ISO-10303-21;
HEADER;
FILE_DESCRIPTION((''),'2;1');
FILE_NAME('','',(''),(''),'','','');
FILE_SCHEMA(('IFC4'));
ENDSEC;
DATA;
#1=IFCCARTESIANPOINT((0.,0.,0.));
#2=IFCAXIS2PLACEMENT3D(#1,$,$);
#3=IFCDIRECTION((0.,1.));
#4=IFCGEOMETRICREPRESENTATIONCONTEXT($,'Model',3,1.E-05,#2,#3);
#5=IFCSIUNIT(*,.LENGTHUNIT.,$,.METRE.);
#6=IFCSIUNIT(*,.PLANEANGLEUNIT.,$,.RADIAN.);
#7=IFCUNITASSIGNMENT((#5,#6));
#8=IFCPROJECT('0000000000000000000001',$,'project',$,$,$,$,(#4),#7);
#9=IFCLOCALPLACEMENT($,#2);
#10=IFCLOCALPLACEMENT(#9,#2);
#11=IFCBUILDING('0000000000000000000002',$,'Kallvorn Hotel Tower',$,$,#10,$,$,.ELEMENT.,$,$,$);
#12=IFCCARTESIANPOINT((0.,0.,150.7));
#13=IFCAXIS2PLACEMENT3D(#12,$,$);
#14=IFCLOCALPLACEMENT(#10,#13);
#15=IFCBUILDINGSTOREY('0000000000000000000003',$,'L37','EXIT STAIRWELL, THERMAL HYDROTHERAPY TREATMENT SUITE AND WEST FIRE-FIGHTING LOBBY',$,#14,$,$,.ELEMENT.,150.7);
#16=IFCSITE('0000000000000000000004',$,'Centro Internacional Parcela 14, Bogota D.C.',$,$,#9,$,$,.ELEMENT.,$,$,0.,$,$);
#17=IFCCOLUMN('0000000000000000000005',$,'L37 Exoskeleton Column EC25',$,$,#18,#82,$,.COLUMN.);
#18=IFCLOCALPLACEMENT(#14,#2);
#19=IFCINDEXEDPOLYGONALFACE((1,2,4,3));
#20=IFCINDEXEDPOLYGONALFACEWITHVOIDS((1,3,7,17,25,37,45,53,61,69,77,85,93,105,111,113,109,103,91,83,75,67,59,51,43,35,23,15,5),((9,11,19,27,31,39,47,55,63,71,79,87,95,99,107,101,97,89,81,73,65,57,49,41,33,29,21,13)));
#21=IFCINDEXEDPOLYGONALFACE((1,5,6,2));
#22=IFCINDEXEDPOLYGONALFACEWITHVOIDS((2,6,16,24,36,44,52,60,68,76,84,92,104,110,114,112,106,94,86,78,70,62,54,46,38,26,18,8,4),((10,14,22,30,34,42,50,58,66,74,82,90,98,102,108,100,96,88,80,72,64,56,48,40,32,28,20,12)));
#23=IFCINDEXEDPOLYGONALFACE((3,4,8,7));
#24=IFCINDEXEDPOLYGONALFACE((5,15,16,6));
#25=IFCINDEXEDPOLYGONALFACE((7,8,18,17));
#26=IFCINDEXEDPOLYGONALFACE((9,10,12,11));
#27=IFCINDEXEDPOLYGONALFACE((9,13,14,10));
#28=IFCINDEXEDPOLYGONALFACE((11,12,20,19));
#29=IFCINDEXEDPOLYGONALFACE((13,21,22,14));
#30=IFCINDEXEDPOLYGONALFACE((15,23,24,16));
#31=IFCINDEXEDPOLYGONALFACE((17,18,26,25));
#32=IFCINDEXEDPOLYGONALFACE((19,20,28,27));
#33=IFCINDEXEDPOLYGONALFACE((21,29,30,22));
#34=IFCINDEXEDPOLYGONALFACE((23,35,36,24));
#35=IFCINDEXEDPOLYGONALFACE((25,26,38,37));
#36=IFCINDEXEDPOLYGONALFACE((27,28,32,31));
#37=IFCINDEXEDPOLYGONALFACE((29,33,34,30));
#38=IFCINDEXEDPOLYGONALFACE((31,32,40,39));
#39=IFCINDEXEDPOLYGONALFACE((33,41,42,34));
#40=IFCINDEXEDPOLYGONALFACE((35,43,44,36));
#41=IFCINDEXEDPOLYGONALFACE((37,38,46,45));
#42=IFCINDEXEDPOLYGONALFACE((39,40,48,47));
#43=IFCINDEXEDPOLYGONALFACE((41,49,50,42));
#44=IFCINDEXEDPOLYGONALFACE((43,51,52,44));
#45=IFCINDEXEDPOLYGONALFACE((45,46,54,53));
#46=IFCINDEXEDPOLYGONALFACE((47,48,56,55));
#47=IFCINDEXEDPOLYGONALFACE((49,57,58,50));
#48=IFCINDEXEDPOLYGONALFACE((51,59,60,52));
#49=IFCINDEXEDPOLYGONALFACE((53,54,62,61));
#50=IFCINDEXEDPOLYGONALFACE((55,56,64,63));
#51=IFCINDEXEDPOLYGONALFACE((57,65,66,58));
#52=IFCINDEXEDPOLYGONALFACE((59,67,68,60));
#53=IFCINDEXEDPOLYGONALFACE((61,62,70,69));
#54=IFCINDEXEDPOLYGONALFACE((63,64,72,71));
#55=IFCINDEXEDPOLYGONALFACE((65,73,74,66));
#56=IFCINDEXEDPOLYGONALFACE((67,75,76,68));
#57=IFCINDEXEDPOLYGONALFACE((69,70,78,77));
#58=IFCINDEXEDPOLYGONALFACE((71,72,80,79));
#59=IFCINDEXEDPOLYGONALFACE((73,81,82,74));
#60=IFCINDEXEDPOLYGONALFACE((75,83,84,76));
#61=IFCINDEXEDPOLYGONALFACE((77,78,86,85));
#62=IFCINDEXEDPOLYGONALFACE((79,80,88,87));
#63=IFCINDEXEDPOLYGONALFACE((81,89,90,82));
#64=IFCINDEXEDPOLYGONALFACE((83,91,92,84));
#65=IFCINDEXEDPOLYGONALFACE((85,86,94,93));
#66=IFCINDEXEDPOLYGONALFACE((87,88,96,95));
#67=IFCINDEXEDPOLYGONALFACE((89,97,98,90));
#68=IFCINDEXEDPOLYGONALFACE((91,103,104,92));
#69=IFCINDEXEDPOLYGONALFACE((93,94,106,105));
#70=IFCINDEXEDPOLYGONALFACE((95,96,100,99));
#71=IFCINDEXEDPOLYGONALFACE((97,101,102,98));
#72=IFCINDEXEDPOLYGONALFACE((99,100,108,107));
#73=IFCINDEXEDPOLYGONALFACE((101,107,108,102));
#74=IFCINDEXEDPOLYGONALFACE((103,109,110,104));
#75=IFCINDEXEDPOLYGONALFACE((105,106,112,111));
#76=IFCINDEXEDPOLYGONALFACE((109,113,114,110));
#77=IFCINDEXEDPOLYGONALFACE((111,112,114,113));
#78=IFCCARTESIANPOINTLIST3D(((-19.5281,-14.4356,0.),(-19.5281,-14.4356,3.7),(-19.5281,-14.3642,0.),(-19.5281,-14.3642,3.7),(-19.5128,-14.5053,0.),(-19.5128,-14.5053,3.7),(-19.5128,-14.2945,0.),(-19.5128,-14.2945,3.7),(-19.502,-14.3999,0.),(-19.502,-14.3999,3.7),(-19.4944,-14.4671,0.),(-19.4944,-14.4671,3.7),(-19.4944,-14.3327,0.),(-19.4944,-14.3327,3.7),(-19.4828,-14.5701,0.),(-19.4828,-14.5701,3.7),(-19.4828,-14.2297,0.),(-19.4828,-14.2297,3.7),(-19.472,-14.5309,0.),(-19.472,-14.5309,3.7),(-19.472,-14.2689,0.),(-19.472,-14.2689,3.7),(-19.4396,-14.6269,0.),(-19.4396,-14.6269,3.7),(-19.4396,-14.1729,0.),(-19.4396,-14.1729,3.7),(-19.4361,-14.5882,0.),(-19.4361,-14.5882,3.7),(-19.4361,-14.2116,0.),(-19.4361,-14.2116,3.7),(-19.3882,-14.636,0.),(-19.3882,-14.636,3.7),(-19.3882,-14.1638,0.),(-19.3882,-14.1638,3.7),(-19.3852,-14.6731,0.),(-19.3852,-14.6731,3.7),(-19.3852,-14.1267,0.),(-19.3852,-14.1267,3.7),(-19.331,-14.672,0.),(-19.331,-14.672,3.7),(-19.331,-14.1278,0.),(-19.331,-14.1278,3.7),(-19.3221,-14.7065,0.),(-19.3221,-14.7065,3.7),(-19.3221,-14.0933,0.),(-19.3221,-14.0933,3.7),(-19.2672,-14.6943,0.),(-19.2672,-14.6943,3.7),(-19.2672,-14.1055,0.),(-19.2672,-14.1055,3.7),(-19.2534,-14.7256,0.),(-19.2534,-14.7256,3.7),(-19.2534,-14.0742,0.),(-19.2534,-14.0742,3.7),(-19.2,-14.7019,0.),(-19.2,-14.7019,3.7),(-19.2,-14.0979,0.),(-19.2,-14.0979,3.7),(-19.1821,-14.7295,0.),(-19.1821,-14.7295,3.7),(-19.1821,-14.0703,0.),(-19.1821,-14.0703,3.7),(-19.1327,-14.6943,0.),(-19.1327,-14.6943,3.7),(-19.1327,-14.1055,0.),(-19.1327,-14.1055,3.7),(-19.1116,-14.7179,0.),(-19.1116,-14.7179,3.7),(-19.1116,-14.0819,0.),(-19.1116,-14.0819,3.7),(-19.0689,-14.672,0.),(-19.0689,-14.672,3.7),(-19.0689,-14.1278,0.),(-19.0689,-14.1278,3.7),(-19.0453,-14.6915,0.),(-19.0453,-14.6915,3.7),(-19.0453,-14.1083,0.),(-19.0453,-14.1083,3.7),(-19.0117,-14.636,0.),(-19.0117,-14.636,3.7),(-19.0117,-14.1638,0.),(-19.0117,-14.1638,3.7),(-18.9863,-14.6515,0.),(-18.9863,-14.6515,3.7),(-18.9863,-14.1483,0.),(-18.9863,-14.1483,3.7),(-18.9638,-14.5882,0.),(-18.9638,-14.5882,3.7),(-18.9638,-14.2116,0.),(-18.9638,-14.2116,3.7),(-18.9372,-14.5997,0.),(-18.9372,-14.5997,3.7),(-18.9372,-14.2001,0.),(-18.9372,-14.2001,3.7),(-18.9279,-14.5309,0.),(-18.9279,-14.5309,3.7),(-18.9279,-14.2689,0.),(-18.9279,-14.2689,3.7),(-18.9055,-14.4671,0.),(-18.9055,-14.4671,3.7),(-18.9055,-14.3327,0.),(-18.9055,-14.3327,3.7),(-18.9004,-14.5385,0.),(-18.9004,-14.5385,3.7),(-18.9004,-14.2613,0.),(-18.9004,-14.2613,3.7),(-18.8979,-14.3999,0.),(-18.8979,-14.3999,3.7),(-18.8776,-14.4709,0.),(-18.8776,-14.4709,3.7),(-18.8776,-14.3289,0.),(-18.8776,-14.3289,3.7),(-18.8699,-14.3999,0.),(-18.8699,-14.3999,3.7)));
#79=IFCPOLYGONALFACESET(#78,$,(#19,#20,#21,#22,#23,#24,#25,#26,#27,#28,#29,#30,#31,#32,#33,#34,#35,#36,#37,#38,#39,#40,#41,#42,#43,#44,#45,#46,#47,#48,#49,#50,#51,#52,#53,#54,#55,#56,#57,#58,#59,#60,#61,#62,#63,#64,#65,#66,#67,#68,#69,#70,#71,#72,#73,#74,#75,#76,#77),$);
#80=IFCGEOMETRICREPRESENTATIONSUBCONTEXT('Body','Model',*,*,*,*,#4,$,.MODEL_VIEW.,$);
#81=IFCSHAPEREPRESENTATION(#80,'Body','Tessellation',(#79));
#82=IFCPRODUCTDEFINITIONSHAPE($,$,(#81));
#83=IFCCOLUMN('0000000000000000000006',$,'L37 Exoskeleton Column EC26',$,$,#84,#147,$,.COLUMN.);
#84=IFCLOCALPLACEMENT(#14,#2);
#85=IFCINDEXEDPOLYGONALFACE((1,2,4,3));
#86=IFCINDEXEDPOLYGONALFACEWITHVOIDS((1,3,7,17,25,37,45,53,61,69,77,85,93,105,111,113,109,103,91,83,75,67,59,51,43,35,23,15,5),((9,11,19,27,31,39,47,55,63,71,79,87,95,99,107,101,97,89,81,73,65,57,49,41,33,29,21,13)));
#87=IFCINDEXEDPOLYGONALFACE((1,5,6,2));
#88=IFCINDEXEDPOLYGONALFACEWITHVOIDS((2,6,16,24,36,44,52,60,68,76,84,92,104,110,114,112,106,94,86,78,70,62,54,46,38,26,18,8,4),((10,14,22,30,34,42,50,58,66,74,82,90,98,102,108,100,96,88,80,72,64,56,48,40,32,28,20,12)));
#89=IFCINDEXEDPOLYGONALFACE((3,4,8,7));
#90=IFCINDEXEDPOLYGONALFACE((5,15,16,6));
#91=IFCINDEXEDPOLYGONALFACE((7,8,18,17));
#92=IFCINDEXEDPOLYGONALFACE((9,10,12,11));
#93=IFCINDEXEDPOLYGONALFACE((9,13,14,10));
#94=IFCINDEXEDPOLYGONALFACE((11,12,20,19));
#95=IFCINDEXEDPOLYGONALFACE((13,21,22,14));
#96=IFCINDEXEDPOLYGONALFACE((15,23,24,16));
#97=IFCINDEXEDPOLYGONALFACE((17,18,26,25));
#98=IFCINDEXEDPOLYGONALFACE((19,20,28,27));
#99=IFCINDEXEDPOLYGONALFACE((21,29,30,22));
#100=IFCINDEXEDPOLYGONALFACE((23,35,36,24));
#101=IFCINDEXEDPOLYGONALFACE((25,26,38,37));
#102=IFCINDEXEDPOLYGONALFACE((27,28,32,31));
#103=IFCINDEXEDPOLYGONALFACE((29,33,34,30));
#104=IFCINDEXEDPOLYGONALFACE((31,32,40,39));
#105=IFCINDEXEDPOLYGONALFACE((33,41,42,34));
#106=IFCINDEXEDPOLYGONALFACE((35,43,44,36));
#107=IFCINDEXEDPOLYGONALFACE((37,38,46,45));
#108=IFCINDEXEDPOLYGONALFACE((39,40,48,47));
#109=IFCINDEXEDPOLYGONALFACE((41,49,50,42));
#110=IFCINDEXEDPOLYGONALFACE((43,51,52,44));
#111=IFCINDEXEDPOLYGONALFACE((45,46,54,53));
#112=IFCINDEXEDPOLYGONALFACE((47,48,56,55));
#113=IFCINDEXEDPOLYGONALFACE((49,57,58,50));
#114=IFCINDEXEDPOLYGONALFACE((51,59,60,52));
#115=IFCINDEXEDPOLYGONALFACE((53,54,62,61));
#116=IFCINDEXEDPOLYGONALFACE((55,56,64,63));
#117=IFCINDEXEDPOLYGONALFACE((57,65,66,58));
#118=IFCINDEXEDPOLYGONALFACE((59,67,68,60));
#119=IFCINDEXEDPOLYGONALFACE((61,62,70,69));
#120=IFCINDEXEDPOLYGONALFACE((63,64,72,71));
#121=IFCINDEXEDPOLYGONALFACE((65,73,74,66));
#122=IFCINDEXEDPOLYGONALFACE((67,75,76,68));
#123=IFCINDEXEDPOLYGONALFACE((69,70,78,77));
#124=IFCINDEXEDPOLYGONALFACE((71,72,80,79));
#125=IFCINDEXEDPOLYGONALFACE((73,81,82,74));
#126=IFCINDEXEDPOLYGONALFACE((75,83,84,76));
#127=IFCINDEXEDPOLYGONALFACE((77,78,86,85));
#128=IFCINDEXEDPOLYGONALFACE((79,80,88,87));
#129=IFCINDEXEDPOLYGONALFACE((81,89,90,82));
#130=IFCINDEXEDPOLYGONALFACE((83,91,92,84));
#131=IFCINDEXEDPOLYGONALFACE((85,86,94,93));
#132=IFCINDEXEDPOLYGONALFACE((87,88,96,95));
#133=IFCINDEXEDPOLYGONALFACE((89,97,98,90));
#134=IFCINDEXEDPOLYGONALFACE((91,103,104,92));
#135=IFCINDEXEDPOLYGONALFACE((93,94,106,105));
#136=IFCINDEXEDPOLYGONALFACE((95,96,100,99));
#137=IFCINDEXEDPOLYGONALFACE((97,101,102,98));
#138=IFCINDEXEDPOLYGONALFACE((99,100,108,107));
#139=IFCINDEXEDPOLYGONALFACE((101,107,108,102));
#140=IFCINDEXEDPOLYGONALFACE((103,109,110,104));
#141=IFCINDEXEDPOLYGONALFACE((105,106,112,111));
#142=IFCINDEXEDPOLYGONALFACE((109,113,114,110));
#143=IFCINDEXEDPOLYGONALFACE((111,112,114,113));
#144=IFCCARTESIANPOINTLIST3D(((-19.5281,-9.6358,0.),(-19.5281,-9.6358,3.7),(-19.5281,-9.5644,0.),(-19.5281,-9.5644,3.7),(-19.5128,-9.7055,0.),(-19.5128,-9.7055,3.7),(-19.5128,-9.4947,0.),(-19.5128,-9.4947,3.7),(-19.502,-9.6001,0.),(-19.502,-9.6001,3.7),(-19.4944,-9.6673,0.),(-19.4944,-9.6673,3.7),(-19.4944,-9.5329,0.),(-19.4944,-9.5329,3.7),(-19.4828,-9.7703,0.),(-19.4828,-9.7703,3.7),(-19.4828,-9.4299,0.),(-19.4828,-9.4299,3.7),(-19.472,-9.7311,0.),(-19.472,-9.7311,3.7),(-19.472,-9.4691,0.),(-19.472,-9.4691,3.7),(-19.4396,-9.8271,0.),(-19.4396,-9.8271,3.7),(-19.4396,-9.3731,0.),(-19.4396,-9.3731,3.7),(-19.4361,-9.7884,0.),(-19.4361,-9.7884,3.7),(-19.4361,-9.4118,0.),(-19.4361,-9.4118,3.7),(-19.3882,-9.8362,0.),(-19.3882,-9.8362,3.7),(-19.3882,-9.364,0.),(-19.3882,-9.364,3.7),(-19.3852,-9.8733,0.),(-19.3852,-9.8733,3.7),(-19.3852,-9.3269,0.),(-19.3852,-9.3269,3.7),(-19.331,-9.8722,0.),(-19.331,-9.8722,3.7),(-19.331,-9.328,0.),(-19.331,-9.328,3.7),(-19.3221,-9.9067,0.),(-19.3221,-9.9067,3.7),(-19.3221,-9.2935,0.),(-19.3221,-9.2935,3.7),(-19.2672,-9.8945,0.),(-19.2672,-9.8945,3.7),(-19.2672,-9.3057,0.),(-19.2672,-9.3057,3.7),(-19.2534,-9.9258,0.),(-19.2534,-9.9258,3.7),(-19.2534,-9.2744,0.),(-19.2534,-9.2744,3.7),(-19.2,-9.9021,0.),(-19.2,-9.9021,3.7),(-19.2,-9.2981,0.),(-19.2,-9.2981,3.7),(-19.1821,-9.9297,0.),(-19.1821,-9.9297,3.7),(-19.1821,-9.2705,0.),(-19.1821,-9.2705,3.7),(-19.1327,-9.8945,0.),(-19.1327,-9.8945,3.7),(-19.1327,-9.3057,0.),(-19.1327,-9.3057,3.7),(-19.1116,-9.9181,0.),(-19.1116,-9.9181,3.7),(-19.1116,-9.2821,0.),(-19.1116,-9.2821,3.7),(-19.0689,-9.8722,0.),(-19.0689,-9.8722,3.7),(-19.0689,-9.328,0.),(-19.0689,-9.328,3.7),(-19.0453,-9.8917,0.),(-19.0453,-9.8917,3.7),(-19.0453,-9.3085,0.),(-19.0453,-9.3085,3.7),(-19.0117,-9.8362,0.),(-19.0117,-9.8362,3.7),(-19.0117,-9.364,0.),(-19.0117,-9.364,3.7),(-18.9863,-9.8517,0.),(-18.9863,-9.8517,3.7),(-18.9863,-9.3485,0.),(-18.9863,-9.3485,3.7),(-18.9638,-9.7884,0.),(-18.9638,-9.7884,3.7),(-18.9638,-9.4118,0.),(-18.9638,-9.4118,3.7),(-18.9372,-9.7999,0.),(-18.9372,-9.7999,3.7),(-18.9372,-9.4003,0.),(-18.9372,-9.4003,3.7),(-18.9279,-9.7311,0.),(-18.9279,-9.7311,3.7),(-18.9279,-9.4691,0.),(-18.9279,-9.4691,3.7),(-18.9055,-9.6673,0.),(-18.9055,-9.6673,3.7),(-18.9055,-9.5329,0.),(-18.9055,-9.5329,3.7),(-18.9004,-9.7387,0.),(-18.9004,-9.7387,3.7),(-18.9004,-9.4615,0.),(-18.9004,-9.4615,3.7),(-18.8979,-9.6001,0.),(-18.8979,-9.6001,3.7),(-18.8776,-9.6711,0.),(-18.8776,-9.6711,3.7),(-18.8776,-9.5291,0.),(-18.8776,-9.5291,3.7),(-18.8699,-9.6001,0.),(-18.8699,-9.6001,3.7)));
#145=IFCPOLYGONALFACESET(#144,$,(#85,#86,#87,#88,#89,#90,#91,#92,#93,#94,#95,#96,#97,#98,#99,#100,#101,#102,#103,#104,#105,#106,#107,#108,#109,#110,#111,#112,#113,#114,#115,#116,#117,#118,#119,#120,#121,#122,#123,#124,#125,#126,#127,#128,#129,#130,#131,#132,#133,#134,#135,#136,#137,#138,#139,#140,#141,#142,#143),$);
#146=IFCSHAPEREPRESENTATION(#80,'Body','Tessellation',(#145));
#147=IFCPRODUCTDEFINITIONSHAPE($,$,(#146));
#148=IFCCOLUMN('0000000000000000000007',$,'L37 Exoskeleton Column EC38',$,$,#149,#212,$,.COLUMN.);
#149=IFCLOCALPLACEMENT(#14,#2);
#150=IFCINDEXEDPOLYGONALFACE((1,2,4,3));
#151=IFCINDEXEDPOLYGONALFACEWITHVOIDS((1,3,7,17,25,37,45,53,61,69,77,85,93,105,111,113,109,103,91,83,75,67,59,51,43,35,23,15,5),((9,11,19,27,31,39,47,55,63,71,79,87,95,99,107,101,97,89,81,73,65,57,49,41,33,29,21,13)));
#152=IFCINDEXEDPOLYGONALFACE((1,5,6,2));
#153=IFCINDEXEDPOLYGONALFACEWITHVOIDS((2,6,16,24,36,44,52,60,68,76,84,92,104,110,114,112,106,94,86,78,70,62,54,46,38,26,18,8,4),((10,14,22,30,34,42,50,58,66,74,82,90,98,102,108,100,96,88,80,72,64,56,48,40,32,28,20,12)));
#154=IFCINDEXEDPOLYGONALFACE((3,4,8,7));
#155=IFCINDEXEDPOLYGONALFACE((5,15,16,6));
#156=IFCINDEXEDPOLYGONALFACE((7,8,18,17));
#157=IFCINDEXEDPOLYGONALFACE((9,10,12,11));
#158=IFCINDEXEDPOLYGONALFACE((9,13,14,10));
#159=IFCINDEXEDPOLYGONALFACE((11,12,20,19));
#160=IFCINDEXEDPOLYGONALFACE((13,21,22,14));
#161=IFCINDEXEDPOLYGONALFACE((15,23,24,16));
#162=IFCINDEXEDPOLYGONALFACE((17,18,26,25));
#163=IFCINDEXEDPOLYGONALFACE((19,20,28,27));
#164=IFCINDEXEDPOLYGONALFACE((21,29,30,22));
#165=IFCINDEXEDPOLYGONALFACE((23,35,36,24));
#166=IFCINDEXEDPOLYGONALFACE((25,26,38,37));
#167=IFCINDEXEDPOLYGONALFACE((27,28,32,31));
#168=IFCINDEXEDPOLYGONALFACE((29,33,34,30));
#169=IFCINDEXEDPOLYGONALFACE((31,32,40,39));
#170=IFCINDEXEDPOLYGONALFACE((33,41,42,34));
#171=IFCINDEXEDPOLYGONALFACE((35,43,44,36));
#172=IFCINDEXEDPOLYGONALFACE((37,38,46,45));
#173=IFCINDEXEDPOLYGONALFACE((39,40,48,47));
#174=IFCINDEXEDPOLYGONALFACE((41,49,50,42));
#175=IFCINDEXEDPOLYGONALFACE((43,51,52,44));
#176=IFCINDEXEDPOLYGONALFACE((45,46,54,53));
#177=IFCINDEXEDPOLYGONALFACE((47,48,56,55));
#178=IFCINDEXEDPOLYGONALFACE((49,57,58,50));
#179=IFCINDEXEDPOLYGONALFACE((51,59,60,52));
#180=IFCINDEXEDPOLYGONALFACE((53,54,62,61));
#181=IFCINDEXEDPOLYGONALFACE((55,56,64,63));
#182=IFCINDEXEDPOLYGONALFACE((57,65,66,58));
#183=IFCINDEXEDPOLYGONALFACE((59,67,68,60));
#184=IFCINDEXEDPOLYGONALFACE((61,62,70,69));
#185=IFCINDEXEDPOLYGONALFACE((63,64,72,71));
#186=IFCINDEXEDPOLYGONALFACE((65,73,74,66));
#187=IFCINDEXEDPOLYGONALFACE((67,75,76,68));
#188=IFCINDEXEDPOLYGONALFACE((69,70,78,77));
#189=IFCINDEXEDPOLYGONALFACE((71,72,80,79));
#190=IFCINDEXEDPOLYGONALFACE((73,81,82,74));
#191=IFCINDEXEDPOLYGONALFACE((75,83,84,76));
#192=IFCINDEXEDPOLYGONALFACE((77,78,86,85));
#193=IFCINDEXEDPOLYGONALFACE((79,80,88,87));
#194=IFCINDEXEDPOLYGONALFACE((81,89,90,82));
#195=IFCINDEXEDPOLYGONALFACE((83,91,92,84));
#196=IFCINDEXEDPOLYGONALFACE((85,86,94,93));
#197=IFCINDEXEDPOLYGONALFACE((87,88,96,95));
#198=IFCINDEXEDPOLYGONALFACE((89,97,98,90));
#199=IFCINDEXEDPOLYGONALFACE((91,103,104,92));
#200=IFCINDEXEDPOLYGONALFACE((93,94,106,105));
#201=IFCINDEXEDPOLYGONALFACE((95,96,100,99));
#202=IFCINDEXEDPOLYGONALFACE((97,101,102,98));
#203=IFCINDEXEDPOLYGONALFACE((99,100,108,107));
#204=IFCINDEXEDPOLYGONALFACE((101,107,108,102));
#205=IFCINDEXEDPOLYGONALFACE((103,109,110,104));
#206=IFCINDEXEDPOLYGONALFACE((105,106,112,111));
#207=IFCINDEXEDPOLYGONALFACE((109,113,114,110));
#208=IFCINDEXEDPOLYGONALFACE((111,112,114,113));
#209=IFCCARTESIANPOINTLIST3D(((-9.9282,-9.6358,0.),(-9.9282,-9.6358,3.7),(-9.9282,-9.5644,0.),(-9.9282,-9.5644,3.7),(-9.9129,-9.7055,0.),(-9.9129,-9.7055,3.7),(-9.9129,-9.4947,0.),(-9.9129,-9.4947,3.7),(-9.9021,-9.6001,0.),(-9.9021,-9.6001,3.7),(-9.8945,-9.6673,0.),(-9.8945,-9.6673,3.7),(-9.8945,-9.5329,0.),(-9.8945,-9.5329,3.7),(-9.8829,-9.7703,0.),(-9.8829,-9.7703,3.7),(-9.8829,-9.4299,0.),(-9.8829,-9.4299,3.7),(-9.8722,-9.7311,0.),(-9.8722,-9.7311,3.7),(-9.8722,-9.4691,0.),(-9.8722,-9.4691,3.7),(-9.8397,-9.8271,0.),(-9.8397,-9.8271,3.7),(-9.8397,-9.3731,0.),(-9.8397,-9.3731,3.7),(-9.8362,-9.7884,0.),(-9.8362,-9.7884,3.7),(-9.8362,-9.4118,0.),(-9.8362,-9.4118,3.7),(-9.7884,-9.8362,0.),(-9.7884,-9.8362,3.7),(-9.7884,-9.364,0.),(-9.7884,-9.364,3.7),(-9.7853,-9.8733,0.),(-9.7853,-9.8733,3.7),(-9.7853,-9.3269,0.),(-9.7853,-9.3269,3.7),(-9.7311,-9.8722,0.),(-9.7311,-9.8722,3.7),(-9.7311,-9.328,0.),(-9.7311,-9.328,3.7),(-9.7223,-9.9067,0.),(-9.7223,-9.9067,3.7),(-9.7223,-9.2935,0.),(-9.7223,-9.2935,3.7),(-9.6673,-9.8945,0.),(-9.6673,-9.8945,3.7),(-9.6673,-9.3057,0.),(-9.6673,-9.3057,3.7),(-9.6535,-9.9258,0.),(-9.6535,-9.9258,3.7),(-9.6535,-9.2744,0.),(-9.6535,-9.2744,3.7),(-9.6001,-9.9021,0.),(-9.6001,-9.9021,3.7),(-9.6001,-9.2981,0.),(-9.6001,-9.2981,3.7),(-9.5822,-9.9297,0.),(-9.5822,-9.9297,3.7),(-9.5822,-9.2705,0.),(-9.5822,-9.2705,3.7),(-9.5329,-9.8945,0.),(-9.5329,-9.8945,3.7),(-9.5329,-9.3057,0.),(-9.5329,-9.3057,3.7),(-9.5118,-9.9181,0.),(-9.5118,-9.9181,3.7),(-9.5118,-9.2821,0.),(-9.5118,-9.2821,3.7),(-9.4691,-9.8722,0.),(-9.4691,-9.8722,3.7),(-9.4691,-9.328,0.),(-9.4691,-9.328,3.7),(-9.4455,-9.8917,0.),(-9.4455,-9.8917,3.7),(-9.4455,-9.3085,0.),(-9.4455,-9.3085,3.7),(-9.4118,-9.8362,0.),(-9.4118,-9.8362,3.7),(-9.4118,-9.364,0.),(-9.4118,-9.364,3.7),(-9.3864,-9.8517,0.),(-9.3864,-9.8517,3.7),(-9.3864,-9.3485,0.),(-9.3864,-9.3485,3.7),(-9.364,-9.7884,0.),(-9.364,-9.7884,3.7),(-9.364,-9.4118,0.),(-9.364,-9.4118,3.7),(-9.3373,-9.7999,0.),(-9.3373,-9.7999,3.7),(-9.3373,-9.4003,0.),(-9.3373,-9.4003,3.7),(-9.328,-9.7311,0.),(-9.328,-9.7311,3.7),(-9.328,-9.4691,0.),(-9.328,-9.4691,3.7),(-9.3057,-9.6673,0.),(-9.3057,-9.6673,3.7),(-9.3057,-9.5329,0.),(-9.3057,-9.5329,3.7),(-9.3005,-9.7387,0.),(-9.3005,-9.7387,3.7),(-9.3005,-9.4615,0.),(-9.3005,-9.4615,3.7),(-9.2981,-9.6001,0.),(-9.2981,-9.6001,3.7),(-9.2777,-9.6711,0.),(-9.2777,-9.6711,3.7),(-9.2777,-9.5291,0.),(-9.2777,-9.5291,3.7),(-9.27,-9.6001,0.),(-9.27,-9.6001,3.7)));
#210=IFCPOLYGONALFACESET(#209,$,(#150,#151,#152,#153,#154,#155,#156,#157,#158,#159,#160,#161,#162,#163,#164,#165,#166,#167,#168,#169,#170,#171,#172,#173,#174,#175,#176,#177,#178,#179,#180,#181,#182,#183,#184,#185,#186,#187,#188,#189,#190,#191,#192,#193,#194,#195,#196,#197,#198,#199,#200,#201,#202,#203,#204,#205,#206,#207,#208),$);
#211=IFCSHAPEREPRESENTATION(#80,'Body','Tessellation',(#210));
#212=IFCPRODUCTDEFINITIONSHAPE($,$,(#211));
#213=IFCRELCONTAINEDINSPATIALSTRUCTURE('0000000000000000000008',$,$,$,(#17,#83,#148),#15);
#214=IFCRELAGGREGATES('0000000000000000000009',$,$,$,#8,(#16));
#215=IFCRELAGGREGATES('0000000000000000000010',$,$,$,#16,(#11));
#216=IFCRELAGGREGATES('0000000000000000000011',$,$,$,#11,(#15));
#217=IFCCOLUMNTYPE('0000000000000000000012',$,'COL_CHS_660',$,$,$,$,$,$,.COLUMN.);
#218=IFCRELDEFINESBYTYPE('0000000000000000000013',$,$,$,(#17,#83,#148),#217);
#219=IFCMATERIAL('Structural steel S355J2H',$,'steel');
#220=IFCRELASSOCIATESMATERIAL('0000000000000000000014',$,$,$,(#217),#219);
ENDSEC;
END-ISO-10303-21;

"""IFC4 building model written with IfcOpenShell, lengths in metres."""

from ifc_helpers import new_model, si_unit, direction, frame, origin, origin_2d, place, context, subcontext, project, spatial, hollow_circle, extrude, material, material_profile, profile_set, type_object, element, save


model = new_model("IFC4")

# Units and contexts
model_context = context("Model", 3, precision=1e-05, world=origin(), true_north=direction((0.0, 1.0)))
body_context = subcontext(model_context, "Body", "Model", "MODEL_VIEW")
ifc_project = project(units=[si_unit("LENGTHUNIT", "METRE"), si_unit("PLANEANGLEUNIT", "RADIAN")], contexts=[model_context])

# Site, building, storey
site_placement = place(None, origin())
site = spatial("IfcSite", under=ifc_project, at=site_placement, Name="Centro Internacional Parcela 14, Bogota D.C.", CompositionType="ELEMENT", RefElevation=0.0)
building_placement = place(site_placement, origin())
building = spatial("IfcBuilding", under=site, at=building_placement, Name="Kallvorn Hotel Tower", CompositionType="ELEMENT")
storey_placement = place(building_placement, frame((0.0, 0.0, 150.7)))
storey = spatial("IfcBuildingStorey", under=building, at=storey_placement, Name="L37", Description="EXIT STAIRWELL, THERMAL HYDROTHERAPY TREATMENT SUITE AND WEST FIRE-FIGHTING LOBBY", CompositionType="ELEMENT", Elevation=150.7)

# Columns
ifc_material_1 = material(Name="Structural steel S355J2H", Category="steel")
ifc_material_profile_1 = material_profile(ifc_material_1, hollow_circle(Radius=0.3301, WallThickness=0.0281, at=origin_2d()), Name="CHS 660x28")
ifc_profile_set_1 = profile_set([ifc_material_profile_1], Name="Structural steel S355J2H")
column_type_1 = type_object("IfcColumnType", Name="COL_CHS_660", PredefinedType="COLUMN", material=ifc_profile_set_1)
for number, where, z_axis, x_axis, name in (
    (1, (-19.2, -14.3999, 0.0), (0.0, 0.0, 1.0), (1.0, 0.0, 0.0), "L37 Exoskeleton Column EC25"),
    (2, (-19.2, -9.6001, 0.0), (0.0, 0.0, 1.0), (1.0, 0.0, 0.0), "L37 Exoskeleton Column EC26"),
    (3, (-9.6001, -9.6001, 0.0), (0.0, 0.0, 1.0), (1.0, 0.0, 0.0), "L37 Exoskeleton Column EC38"),
):
    element("IfcColumn", number, at=place(storey_placement, frame(where, z_axis=z_axis, x_axis=x_axis)), inside=storey, type_object=column_type_1, Name=name, PredefinedType="COLUMN", context=body_context, shape_type="SweptSolid", body=[
        extrude(hollow_circle(Radius=0.3301, WallThickness=0.0281, at=origin_2d()), origin(), (0.0, 0.0, 1.0), 3.7),
    ])

save(model, "model.ifc")
